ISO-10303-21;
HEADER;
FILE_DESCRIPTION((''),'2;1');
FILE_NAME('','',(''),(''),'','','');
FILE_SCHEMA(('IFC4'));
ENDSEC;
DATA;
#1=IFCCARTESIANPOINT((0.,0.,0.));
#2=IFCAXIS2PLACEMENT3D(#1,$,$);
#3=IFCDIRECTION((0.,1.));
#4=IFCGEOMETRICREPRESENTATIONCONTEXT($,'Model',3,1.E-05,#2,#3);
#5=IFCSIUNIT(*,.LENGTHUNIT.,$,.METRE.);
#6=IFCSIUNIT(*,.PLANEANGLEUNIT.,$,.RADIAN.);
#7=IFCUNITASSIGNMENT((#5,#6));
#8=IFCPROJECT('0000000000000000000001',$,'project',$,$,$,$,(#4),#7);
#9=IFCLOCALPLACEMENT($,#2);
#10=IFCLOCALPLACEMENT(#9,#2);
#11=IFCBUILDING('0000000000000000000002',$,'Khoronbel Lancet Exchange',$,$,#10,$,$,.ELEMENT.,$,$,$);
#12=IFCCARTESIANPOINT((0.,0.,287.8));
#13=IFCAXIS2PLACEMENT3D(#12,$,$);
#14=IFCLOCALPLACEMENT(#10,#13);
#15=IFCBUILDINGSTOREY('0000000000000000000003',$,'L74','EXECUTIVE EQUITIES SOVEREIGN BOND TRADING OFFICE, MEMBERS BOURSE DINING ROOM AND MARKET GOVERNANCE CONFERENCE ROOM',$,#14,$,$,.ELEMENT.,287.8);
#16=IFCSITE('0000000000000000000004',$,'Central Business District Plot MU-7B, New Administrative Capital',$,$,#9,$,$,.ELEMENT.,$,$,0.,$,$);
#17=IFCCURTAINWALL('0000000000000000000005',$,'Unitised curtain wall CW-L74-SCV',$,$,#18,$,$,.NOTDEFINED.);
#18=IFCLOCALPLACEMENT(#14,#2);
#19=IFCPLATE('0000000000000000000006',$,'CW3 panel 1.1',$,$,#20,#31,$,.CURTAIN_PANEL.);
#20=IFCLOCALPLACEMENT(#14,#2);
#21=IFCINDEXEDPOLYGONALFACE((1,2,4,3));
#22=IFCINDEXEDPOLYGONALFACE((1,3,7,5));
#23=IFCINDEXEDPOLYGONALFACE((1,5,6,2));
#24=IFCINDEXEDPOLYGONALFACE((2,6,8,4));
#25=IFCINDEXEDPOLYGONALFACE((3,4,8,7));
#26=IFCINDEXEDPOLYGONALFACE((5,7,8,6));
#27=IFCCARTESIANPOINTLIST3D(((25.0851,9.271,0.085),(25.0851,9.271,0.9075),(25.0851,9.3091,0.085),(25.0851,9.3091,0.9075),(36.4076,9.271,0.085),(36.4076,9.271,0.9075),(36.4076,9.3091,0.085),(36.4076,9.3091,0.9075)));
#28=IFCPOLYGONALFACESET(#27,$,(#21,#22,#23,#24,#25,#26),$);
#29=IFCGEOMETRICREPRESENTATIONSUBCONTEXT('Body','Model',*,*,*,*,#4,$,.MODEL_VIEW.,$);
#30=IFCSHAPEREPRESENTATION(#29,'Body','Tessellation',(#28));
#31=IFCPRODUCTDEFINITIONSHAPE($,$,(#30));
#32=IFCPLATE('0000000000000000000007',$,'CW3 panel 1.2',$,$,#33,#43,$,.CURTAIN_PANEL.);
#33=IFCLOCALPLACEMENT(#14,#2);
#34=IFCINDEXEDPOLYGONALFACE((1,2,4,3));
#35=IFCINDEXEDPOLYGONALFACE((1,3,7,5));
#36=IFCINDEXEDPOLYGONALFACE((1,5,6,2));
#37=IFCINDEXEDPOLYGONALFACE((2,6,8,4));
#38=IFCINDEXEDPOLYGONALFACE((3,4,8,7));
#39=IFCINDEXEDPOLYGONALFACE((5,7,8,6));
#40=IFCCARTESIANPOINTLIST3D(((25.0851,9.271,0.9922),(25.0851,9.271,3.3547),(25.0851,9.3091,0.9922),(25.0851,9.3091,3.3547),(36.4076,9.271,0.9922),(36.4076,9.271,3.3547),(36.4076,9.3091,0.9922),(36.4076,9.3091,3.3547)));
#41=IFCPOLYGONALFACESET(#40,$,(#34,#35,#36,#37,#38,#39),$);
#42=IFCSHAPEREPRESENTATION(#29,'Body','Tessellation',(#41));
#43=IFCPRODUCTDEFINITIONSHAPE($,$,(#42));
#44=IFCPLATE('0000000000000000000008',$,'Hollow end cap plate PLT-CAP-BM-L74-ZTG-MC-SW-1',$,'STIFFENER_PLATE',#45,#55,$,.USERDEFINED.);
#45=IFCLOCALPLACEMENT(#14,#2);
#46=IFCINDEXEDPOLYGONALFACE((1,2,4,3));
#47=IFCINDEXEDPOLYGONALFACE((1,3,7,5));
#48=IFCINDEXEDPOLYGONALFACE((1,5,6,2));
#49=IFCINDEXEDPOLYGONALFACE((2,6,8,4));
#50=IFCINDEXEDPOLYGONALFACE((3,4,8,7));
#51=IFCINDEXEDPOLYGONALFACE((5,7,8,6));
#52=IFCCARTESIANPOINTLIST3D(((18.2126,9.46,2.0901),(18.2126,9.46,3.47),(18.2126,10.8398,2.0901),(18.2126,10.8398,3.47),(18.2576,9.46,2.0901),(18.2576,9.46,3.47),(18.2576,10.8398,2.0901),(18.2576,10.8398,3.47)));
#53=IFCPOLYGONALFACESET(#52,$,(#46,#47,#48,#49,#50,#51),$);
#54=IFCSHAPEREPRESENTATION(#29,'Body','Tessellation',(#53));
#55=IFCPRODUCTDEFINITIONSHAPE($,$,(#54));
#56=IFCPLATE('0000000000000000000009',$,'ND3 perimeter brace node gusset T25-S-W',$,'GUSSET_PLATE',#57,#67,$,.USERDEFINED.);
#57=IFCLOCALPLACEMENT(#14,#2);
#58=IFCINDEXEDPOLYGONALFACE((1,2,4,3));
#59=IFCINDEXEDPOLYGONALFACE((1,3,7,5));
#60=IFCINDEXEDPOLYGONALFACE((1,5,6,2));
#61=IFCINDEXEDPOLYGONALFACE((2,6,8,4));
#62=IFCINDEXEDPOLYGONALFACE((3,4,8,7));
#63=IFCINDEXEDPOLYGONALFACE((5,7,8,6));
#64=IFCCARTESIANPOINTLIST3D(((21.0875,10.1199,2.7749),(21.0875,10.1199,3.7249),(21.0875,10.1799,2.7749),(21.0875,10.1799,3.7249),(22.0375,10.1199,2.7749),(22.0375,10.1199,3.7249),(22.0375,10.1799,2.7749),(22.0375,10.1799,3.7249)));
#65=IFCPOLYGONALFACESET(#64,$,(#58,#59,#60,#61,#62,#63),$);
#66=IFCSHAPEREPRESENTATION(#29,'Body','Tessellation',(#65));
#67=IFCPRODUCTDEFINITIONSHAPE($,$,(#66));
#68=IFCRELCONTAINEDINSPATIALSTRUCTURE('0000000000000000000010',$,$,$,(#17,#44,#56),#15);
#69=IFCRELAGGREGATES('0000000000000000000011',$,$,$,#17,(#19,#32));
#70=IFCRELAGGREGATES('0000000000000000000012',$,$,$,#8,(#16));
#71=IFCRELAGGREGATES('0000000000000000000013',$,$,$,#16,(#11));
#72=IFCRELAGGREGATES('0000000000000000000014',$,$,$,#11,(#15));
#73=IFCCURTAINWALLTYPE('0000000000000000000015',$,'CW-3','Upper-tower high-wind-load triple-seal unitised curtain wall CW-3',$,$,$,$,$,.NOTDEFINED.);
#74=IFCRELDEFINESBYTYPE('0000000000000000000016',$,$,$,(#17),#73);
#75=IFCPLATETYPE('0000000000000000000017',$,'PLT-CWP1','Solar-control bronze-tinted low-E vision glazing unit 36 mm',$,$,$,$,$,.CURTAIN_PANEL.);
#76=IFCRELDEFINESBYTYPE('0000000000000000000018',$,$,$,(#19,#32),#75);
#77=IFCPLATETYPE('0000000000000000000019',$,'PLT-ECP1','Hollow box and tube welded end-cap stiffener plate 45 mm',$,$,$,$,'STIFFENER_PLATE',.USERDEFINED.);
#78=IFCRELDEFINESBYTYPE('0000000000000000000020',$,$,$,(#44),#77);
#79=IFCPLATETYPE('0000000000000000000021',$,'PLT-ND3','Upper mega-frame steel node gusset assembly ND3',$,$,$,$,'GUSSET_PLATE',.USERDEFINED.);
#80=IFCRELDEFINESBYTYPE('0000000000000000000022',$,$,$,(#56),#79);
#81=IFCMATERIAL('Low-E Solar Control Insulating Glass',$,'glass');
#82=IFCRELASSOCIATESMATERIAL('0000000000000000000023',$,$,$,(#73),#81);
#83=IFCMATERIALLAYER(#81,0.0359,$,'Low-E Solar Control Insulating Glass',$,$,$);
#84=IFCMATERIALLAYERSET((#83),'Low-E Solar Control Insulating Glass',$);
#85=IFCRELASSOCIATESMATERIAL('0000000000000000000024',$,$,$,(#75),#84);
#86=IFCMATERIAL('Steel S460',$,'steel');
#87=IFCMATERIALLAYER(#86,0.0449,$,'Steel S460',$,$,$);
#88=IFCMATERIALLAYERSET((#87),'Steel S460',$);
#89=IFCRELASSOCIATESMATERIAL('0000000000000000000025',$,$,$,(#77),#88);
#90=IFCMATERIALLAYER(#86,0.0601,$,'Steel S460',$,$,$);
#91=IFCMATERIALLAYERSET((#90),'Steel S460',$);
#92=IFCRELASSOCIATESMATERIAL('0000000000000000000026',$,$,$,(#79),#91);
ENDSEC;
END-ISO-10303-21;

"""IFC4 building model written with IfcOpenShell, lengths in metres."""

from ifc_helpers import new_model, si_unit, direction, frame, origin, origin_2d, place, context, subcontext, project, spatial, rectangle, extrude, material, layer, layer_set, type_object, element, aggregate, save


model = new_model("IFC4")

# Units and contexts
model_context = context("Model", 3, precision=1e-05, world=origin(), true_north=direction((0.0, 1.0)))
body_context = subcontext(model_context, "Body", "Model", "MODEL_VIEW")
ifc_project = project(units=[si_unit("LENGTHUNIT", "METRE"), si_unit("PLANEANGLEUNIT", "RADIAN")], contexts=[model_context])

# Site, building, storey
site_placement = place(None, origin())
site = spatial("IfcSite", under=ifc_project, at=site_placement, Name="Central Business District Plot MU-7B, New Administrative Capital", CompositionType="ELEMENT", RefElevation=0.0)
building_placement = place(site_placement, origin())
building = spatial("IfcBuilding", under=site, at=building_placement, Name="Khoronbel Lancet Exchange", CompositionType="ELEMENT")
storey_placement = place(building_placement, frame((0.0, 0.0, 287.8)))
storey = spatial("IfcBuildingStorey", under=building, at=storey_placement, Name="L74", Description="EXECUTIVE EQUITIES SOVEREIGN BOND TRADING OFFICE, MEMBERS BOURSE DINING ROOM AND MARKET GOVERNANCE CONFERENCE ROOM", CompositionType="ELEMENT", Elevation=287.8)

# Shared definitions
ifc_material_1 = material(Name="Steel S460", Category="steel")

# Curtain wall
ifc_material_2 = material(Name="Low-E Solar Control Insulating Glass", Category="glass")
curtain_wall_type = type_object("IfcCurtainWallType", Name="CW-3", Description="Upper-tower high-wind-load triple-seal unitised curtain wall CW-3", PredefinedType="NOTDEFINED", material=ifc_material_2)
curtain_wall_1_placement = place(storey_placement, origin())
curtain_wall_1 = element("IfcCurtainWall", 1, at=curtain_wall_1_placement, inside=storey, type_object=curtain_wall_type, Name="Unitised curtain wall CW-L74-SCV", PredefinedType="NOTDEFINED")

# Plates
ifc_layer_1 = layer(ifc_material_2, 0.0359, Name="Low-E Solar Control Insulating Glass")
ifc_layer_set_1 = layer_set([ifc_layer_1], Name="Low-E Solar Control Insulating Glass")
plate_type_1 = type_object("IfcPlateType", Name="PLT-CWP1", Description="Solar-control bronze-tinted low-E vision glazing unit 36 mm", PredefinedType="CURTAIN_PANEL", material=ifc_layer_set_1)
plate_1_placement = place(storey_placement, frame((30.7463, 9.29, 0.085), z_axis=(0.0, 0.0, 1.0), x_axis=(1.0, 0.0, 0.0)))
plate_1 = element("IfcPlate", 2, at=plate_1_placement, type_object=plate_type_1, Name="CW3 panel 1.1", PredefinedType="CURTAIN_PANEL", context=body_context, shape_type="SweptSolid", body=[
    extrude(rectangle(XDim=11.3225, YDim=0.0381, at=origin_2d()), origin(), (0.0, 0.0, 1.0), 0.8225),
])
plate_2_placement = place(storey_placement, frame((30.7463, 9.29, 0.9922), z_axis=(0.0, 0.0, 1.0), x_axis=(1.0, 0.0, 0.0)))
plate_2 = element("IfcPlate", 3, at=plate_2_placement, type_object=plate_type_1, Name="CW3 panel 1.2", PredefinedType="CURTAIN_PANEL", context=body_context, shape_type="SweptSolid", body=[
    extrude(rectangle(XDim=11.3225, YDim=0.0381, at=origin_2d()), origin(), (0.0, 0.0, 1.0), 2.3625),
])
aggregate(curtain_wall_1, [plate_1, plate_2])

# Plates
ifc_layer_2 = layer(ifc_material_1, 0.0449, Name="Steel S460")
ifc_layer_set_2 = layer_set([ifc_layer_2], Name="Steel S460")
plate_type_2 = type_object("IfcPlateType", Name="PLT-ECP1", Description="Hollow box and tube welded end-cap stiffener plate 45 mm", ElementType="STIFFENER_PLATE", PredefinedType="USERDEFINED", material=ifc_layer_set_2)
plate_3_placement = place(storey_placement, frame((18.2351, 10.1499, 2.0901), z_axis=(0.0, 0.0, 1.0), x_axis=(1.0, 0.0, 0.0)))
element("IfcPlate", 4, at=plate_3_placement, inside=storey, type_object=plate_type_2, Name="Hollow end cap plate PLT-CAP-BM-L74-ZTG-MC-SW-1", ObjectType="STIFFENER_PLATE", PredefinedType="USERDEFINED", context=body_context, shape_type="SweptSolid", body=[
    extrude(rectangle(XDim=0.0449, YDim=1.3799, at=origin_2d()), origin(), (0.0, 0.0, 1.0), 1.3799),
])
ifc_layer_3 = layer(ifc_material_1, 0.0601, Name="Steel S460")
ifc_layer_set_3 = layer_set([ifc_layer_3], Name="Steel S460")
plate_type_3 = type_object("IfcPlateType", Name="PLT-ND3", Description="Upper mega-frame steel node gusset assembly ND3", ElementType="GUSSET_PLATE", PredefinedType="USERDEFINED", material=ifc_layer_set_3)
plate_4_placement = place(storey_placement, frame((21.5625, 10.1499, 2.7749), z_axis=(0.0, 0.0, 1.0), x_axis=(1.0, 0.0, 0.0)))
element("IfcPlate", 5, at=plate_4_placement, inside=storey, type_object=plate_type_3, Name="ND3 perimeter brace node gusset T25-S-W", ObjectType="GUSSET_PLATE", PredefinedType="USERDEFINED", context=body_context, shape_type="SweptSolid", body=[
    extrude(rectangle(XDim=0.95, YDim=0.0601, at=origin_2d()), origin(), (0.0, 0.0, 1.0), 0.95),
])

save(model, "model.ifc")
